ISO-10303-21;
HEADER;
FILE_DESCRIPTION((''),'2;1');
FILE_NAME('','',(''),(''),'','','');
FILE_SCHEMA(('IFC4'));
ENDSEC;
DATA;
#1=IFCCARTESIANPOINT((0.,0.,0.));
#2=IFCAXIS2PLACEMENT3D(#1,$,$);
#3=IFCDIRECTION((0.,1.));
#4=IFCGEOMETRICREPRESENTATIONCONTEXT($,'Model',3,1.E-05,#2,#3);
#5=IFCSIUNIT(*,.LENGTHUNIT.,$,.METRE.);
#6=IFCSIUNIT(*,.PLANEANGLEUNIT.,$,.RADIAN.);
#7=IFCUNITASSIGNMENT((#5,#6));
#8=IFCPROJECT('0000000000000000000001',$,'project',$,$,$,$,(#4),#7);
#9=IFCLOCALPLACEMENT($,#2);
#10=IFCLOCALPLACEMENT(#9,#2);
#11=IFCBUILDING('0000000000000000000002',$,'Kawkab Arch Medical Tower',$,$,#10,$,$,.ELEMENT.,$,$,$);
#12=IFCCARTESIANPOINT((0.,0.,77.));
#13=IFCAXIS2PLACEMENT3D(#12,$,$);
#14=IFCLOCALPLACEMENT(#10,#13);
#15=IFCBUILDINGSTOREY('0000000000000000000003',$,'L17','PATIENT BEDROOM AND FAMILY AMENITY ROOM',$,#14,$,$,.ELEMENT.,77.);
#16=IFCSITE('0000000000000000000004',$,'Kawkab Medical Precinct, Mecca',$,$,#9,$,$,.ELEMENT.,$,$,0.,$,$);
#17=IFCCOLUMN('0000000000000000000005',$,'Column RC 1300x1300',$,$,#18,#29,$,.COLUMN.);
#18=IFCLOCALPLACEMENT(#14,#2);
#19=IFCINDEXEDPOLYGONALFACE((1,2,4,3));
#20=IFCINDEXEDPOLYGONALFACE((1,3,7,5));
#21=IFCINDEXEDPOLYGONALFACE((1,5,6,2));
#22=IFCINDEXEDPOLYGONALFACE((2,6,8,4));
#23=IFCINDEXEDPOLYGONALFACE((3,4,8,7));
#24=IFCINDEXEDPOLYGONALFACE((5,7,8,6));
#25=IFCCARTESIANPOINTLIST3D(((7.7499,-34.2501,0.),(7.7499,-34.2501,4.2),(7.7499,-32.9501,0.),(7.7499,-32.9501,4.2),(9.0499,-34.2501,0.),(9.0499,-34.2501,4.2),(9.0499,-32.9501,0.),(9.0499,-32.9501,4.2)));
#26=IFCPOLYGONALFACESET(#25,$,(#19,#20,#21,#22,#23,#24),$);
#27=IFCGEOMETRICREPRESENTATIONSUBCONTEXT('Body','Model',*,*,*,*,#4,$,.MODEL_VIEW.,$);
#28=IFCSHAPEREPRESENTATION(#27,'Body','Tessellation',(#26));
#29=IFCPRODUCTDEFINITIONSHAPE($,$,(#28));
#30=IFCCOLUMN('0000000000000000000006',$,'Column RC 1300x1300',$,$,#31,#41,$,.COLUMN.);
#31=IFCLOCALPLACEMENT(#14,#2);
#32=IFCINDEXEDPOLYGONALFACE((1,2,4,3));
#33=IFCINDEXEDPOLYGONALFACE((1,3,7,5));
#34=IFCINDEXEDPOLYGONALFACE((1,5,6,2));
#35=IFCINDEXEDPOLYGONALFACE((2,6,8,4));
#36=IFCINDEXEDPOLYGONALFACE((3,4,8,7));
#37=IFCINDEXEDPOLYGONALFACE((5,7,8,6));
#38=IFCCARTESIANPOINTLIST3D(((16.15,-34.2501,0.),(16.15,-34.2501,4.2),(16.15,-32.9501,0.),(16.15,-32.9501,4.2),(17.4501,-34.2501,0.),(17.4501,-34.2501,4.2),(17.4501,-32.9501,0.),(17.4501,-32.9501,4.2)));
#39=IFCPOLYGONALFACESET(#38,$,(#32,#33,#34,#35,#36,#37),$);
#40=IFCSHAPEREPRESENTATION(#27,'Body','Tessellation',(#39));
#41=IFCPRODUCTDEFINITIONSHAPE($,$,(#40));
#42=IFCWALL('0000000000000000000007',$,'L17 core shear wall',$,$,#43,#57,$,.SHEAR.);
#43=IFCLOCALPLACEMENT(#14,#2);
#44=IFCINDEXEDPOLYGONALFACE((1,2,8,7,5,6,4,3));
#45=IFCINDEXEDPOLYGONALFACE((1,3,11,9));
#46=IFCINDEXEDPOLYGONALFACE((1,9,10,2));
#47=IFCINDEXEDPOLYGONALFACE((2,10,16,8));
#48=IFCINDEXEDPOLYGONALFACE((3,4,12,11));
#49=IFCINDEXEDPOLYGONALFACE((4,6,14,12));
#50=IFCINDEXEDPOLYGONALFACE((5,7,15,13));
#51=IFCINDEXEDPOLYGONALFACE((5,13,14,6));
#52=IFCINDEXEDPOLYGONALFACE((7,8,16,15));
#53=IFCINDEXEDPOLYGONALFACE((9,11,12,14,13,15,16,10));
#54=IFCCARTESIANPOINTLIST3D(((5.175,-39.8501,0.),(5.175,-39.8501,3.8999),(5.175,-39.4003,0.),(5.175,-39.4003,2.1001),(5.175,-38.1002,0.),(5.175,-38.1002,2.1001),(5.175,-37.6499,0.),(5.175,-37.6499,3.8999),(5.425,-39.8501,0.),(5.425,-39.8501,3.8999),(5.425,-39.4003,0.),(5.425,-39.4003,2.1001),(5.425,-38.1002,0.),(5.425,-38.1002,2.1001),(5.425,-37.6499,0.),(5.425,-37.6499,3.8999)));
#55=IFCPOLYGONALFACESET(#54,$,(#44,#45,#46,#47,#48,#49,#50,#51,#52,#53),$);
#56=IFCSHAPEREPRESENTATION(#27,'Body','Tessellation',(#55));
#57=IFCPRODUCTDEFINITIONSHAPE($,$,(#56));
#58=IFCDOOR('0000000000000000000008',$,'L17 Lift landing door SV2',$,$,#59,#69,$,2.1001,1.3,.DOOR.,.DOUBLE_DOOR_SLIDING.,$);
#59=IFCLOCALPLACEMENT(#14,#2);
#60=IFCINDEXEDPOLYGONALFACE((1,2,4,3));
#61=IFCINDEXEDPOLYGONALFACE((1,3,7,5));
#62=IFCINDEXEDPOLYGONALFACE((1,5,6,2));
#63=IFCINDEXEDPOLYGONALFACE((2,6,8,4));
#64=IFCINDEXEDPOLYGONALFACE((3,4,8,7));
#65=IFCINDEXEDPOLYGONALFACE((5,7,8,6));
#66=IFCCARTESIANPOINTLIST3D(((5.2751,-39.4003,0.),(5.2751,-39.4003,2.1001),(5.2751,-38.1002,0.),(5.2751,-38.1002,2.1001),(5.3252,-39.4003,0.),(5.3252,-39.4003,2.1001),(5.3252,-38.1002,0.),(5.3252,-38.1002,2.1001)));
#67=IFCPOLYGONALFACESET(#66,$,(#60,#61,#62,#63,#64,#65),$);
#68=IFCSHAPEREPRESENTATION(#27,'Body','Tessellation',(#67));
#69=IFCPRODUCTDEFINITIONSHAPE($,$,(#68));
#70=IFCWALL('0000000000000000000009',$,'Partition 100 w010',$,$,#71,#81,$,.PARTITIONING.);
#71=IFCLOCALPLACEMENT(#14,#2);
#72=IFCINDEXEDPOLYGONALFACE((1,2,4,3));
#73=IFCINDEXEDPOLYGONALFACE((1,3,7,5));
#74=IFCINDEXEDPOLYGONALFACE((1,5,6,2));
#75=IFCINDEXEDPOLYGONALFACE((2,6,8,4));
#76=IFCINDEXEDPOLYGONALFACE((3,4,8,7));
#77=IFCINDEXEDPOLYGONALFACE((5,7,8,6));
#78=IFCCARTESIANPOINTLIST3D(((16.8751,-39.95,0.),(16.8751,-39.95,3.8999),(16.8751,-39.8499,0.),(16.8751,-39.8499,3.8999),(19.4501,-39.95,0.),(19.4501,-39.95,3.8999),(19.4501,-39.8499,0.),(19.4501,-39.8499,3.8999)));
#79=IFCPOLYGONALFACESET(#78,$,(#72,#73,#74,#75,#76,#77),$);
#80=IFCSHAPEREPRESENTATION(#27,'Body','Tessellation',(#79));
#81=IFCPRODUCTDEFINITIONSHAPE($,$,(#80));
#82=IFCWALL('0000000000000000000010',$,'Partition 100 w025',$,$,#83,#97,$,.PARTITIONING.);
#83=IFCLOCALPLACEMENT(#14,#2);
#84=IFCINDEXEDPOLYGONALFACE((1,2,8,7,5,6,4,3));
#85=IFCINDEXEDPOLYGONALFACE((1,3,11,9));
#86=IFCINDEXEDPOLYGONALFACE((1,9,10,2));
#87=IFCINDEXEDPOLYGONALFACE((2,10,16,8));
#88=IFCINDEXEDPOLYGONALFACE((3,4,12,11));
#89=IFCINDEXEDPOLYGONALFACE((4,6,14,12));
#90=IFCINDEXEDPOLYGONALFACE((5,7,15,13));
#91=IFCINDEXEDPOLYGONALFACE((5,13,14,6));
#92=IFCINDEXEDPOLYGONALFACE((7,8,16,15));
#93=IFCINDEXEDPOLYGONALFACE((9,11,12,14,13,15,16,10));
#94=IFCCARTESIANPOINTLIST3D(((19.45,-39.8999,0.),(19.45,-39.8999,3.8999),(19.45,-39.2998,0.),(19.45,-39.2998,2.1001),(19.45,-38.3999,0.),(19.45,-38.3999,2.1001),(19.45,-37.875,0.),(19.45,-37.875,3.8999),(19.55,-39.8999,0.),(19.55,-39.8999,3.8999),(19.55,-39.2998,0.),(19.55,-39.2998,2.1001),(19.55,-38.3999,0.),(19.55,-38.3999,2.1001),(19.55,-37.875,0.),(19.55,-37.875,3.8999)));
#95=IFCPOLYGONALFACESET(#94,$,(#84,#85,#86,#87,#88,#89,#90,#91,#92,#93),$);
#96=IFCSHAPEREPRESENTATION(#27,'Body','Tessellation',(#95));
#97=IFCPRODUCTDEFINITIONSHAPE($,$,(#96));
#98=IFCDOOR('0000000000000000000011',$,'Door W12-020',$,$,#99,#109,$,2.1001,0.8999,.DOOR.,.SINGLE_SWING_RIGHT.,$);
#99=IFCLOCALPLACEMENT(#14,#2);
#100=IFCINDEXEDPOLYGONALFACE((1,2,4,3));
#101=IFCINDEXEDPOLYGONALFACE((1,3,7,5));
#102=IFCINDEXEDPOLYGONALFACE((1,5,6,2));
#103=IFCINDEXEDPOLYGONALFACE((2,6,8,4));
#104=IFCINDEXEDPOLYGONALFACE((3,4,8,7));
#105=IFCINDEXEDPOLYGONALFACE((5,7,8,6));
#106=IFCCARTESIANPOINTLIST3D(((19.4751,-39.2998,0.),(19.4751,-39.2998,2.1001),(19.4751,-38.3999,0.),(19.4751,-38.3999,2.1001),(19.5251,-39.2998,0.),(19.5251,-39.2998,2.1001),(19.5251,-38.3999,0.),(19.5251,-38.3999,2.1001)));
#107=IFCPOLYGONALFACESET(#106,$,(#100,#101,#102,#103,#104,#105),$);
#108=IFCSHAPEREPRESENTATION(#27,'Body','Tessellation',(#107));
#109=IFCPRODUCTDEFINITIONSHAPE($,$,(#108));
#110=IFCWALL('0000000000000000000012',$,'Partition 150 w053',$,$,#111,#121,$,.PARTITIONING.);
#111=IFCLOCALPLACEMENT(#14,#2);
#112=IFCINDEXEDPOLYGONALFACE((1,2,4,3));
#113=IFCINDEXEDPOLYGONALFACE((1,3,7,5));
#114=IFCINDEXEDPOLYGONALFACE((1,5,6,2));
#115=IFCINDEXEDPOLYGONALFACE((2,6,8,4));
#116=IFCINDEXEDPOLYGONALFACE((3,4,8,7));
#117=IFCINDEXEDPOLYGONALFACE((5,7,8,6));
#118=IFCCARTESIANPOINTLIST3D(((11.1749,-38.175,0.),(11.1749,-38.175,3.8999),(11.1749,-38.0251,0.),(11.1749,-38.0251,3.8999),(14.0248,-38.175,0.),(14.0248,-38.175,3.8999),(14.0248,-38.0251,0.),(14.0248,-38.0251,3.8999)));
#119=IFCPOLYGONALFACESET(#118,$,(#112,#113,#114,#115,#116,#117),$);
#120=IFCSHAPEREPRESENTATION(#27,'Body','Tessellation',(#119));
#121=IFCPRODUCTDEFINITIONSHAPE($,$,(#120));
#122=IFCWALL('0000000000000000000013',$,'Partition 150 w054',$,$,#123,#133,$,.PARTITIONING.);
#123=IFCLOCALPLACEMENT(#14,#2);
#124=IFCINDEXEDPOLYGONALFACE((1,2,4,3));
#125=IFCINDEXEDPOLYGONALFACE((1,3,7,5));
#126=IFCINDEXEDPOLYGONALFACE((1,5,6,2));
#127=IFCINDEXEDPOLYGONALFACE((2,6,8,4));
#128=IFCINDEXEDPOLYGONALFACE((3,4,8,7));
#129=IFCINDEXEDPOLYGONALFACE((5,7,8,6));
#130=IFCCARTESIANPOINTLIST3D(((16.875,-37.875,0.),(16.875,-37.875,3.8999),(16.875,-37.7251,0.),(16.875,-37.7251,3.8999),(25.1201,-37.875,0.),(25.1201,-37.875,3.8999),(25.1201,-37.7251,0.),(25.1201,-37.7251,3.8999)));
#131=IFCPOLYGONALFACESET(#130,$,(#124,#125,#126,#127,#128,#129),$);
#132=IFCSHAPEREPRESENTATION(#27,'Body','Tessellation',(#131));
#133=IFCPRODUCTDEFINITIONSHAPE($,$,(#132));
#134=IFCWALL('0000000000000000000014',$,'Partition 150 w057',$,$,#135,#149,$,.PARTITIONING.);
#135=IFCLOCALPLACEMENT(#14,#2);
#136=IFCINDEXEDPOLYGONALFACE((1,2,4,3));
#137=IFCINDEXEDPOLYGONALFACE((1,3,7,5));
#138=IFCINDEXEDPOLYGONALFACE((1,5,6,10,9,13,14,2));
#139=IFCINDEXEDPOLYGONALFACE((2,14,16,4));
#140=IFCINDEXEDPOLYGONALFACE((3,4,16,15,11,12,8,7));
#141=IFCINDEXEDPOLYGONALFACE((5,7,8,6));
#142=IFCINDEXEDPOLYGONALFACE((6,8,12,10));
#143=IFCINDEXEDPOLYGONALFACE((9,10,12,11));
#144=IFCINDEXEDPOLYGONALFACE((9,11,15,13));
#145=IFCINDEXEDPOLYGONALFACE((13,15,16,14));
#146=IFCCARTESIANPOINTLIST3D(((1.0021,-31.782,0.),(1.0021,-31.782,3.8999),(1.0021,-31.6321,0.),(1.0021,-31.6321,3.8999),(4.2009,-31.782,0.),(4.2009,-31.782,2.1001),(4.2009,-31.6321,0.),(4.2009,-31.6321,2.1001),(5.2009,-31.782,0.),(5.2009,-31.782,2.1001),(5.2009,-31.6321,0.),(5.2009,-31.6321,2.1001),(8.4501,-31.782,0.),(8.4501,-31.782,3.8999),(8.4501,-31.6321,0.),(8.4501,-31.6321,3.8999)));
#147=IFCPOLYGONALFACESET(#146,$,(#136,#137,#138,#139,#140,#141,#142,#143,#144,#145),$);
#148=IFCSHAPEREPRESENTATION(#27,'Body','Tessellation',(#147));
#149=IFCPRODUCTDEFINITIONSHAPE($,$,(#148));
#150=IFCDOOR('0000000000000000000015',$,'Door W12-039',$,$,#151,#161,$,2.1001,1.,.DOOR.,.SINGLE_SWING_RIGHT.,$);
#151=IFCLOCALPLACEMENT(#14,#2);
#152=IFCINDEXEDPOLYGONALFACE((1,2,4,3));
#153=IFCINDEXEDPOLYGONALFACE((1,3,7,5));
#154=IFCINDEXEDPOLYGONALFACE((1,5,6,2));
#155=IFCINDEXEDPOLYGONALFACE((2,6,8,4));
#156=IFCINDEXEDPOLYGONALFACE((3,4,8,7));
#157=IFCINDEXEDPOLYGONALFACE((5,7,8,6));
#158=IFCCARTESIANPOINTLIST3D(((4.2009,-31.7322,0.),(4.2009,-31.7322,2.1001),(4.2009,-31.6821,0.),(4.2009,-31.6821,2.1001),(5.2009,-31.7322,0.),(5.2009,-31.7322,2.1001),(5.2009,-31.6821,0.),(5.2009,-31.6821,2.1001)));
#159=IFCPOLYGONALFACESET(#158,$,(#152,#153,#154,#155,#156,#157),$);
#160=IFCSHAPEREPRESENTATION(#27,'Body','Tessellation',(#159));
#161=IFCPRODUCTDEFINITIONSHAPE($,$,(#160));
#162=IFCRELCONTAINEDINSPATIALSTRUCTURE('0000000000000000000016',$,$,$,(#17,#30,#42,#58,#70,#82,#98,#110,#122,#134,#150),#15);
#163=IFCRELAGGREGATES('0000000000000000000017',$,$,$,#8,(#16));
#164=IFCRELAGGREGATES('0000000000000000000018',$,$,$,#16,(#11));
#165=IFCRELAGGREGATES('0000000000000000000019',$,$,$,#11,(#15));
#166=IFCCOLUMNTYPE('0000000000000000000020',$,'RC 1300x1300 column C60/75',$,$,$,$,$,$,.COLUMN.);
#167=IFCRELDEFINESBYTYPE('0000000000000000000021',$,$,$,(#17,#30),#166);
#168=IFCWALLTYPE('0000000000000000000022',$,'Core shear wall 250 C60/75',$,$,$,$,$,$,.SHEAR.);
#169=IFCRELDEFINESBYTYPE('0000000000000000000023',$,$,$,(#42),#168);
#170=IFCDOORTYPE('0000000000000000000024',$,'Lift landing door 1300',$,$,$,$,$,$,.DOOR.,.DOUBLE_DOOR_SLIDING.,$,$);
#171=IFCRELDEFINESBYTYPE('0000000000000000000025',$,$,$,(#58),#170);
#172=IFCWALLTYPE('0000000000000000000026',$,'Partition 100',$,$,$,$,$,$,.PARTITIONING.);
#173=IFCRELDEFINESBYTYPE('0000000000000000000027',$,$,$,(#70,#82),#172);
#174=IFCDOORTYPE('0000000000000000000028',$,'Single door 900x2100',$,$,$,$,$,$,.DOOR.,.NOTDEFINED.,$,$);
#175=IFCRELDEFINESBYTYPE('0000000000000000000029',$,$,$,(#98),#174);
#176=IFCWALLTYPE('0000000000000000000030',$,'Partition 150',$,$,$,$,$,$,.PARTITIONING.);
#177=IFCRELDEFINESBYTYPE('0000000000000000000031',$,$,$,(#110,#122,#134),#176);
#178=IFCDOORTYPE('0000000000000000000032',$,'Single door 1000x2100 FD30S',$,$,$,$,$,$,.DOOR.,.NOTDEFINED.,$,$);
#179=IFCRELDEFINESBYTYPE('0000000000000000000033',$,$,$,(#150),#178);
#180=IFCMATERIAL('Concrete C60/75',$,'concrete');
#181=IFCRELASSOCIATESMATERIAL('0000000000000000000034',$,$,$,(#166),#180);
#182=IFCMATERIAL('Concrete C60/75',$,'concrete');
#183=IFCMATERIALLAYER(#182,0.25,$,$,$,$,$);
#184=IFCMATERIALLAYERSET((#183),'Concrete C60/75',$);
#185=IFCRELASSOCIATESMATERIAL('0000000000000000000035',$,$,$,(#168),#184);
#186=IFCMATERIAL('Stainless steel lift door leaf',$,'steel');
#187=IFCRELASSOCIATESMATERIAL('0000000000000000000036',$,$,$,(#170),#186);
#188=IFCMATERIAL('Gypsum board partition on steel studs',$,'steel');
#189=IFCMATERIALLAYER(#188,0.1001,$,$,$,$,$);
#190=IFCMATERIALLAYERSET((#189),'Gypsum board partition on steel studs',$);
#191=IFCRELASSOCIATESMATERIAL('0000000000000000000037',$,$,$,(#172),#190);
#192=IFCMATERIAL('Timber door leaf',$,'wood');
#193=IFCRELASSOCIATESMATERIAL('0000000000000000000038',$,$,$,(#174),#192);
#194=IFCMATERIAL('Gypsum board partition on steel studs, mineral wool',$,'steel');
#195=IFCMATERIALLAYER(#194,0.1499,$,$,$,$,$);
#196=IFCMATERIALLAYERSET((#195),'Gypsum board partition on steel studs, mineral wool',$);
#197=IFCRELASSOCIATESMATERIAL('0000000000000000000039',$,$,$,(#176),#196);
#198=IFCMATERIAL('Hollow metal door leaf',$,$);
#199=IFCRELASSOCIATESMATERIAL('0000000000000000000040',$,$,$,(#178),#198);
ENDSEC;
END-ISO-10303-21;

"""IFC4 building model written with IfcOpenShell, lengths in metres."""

from ifc_helpers import new_model, si_unit, direction, frame, frame_2d, origin, origin_2d, place, context, subcontext, project, spatial, rectangle, extrude, material, layer, layer_set, material_profile, profile_set, type_object, element, fill, save


model = new_model("IFC4")

# Units and contexts
model_context = context("Model", 3, precision=1e-05, world=origin(), true_north=direction((0.0, 1.0)))
body_context = subcontext(model_context, "Body", "Model", "MODEL_VIEW")
ifc_project = project(units=[si_unit("LENGTHUNIT", "METRE"), si_unit("PLANEANGLEUNIT", "RADIAN")], contexts=[model_context])

# Site, building, storey
site_placement = place(None, origin())
site = spatial("IfcSite", under=ifc_project, at=site_placement, Name="Kawkab Medical Precinct, Mecca", CompositionType="ELEMENT", RefElevation=0.0)
building_placement = place(site_placement, origin())
building = spatial("IfcBuilding", under=site, at=building_placement, Name="Kawkab Arch Medical Tower", CompositionType="ELEMENT")
storey_placement = place(building_placement, frame((0.0, 0.0, 77.0)))
storey = spatial("IfcBuildingStorey", under=building, at=storey_placement, Name="L17", Description="PATIENT BEDROOM AND FAMILY AMENITY ROOM", CompositionType="ELEMENT", Elevation=77.0)

# Columns
ifc_material_1 = material(Name="Concrete C60/75", Category="concrete")
ifc_material_profile = material_profile(ifc_material_1, rectangle(XDim=1.3, YDim=1.3, at=origin_2d()), Name="RC 1300x1300")
ifc_profile_set = profile_set([ifc_material_profile], Name="Concrete C60/75")
column_type = type_object("IfcColumnType", Name="RC 1300x1300 column C60/75", PredefinedType="COLUMN", material=ifc_profile_set)
for number, where, z_axis, x_axis, name in (
    (1, (8.3999, -33.6001, 0.0), (0.0, 0.0, 1.0), (1.0, 0.0, 0.0), "Column RC 1300x1300"),
    (2, (16.8, -33.6001, 0.0), (0.0, 0.0, 1.0), (1.0, 0.0, 0.0), "Column RC 1300x1300"),
):
    element("IfcColumn", number, at=place(storey_placement, frame(where, z_axis=z_axis, x_axis=x_axis)), inside=storey, type_object=column_type, Name=name, PredefinedType="COLUMN", context=body_context, shape_type="SweptSolid", body=[
        extrude(rectangle(XDim=1.3, YDim=1.3, at=origin_2d()), origin(), (0.0, 0.0, 1.0), 4.2),
    ])

# Wall, opening, door
ifc_material_2 = material(Name="Concrete C60/75", Category="concrete")
ifc_layer_1 = layer(ifc_material_2, 0.25)
ifc_layer_set_1 = layer_set([ifc_layer_1], Name="Concrete C60/75")
wall_type_1 = type_object("IfcWallType", Name="Core shear wall 250 C60/75", PredefinedType="SHEAR", material=ifc_layer_set_1)
wall_1_placement = place(storey_placement, frame((5.3, -39.8501, 0.0), z_axis=(0.0, 0.0, 1.0), x_axis=(0.0, 1.0, 0.0)))
wall_1 = element("IfcWall", 3, at=wall_1_placement, inside=storey, type_object=wall_type_1, Name="L17 core shear wall", PredefinedType="SHEAR", context=body_context, shape_type="SweptSolid", body=[
    extrude(rectangle(XDim=2.2002, YDim=0.25, at=frame_2d((1.1001, 0.0))), origin(), (0.0, 0.0, 1.0), 3.8999),
])
opening_1_placement = place(wall_1_placement, frame((0.45, 0.0, 0.0)))
opening_1 = element("IfcOpeningElement", 4, at=opening_1_placement, cuts=wall_1, PredefinedType="OPENING", context=body_context, shape_type="SweptSolid", body=[
    extrude(rectangle(XDim=1.3, YDim=2.1001, at=frame_2d((0.6499, 1.05))), frame((0.0, 0.135, 0.0), z_axis=(0.0, -1.0, 0.0), x_axis=(1.0, 0.0, 0.0)), (0.0, 0.0, 1.0), 0.27),
])
ifc_material_3 = material(Name="Stainless steel lift door leaf", Category="steel")
door_type_1 = type_object("IfcDoorType", Name="Lift landing door 1300", OperationType="DOUBLE_DOOR_SLIDING", PredefinedType="DOOR", material=ifc_material_3)
door_1_placement = place(opening_1_placement, origin())
door_1 = element("IfcDoor", 5, at=door_1_placement, inside=storey, type_object=door_type_1, Name="L17 Lift landing door SV2", OperationType="DOUBLE_DOOR_SLIDING", OverallHeight=2.1001, OverallWidth=1.3, PredefinedType="DOOR", context=body_context, shape_type="SweptSolid", body=[
    extrude(rectangle(XDim=1.3, YDim=2.1001, at=frame_2d((0.6499, 1.05))), frame((0.0, 0.0249, 0.0), z_axis=(0.0, -1.0, 0.0), x_axis=(1.0, 0.0, 0.0)), (0.0, 0.0, 1.0), 0.05),
])
fill(opening_1, door_1)

# Wall
ifc_material_4 = material(Name="Gypsum board partition on steel studs", Category="steel")
ifc_layer_2 = layer(ifc_material_4, 0.1001)
ifc_layer_set_2 = layer_set([ifc_layer_2], Name="Gypsum board partition on steel studs")
wall_type_2 = type_object("IfcWallType", Name="Partition 100", PredefinedType="PARTITIONING", material=ifc_layer_set_2)
wall_2_placement = place(storey_placement, frame((16.875, -39.8999, 0.0), z_axis=(0.0, 0.0, 1.0), x_axis=(1.0, 0.0, 0.0)))
element("IfcWall", 6, at=wall_2_placement, inside=storey, type_object=wall_type_2, Name="Partition 100 w010", PredefinedType="PARTITIONING", context=body_context, shape_type="SweptSolid", body=[
    extrude(rectangle(XDim=2.575, YDim=0.1001, at=frame_2d((1.2876, 0.0))), origin(), (0.0, 0.0, 1.0), 3.8999),
])

# Wall, opening, door
wall_3_placement = place(storey_placement, frame((19.5, -39.8999, 0.0), z_axis=(0.0, 0.0, 1.0), x_axis=(0.0, 1.0, 0.0)))
wall_3 = element("IfcWall", 7, at=wall_3_placement, inside=storey, type_object=wall_type_2, Name="Partition 100 w025", PredefinedType="PARTITIONING", context=body_context, shape_type="SweptSolid", body=[
    extrude(rectangle(XDim=2.0249, YDim=0.1001, at=frame_2d((1.0125, 0.0))), origin(), (0.0, 0.0, 1.0), 3.8999),
])
opening_2_placement = place(wall_3_placement, frame((0.6001, 0.0, 0.0)))
opening_2 = element("IfcOpeningElement", 8, at=opening_2_placement, cuts=wall_3, PredefinedType="OPENING", context=body_context, shape_type="SweptSolid", body=[
    extrude(rectangle(XDim=0.8999, YDim=2.1001, at=frame_2d((0.45, 1.05))), frame((0.0, 0.0601, 0.0), z_axis=(0.0, -1.0, 0.0), x_axis=(1.0, 0.0, 0.0)), (0.0, 0.0, 1.0), 0.1201),
])
ifc_material_5 = material(Name="Timber door leaf", Category="wood")
door_type_2 = type_object("IfcDoorType", Name="Single door 900x2100", OperationType="NOTDEFINED", PredefinedType="DOOR", material=ifc_material_5)
door_2_placement = place(opening_2_placement, origin())
door_2 = element("IfcDoor", 9, at=door_2_placement, inside=storey, type_object=door_type_2, Name="Door W12-020", OperationType="SINGLE_SWING_RIGHT", OverallHeight=2.1001, OverallWidth=0.8999, PredefinedType="DOOR", context=body_context, shape_type="SweptSolid", body=[
    extrude(rectangle(XDim=0.8999, YDim=2.1001, at=frame_2d((0.45, 1.05))), frame((0.0, 0.0249, 0.0), z_axis=(0.0, -1.0, 0.0), x_axis=(1.0, 0.0, 0.0)), (0.0, 0.0, 1.0), 0.05),
])
fill(opening_2, door_2)

# Walls
ifc_material_6 = material(Name="Gypsum board partition on steel studs, mineral wool", Category="steel")
ifc_layer_3 = layer(ifc_material_6, 0.1499)
ifc_layer_set_3 = layer_set([ifc_layer_3], Name="Gypsum board partition on steel studs, mineral wool")
wall_type_3 = type_object("IfcWallType", Name="Partition 150", PredefinedType="PARTITIONING", material=ifc_layer_set_3)
wall_4_placement = place(storey_placement, frame((11.175, -38.1001, 0.0), z_axis=(0.0, 0.0, 1.0), x_axis=(1.0, 0.0, 0.0)))
element("IfcWall", 10, at=wall_4_placement, inside=storey, type_object=wall_type_3, Name="Partition 150 w053", PredefinedType="PARTITIONING", context=body_context, shape_type="SweptSolid", body=[
    extrude(rectangle(XDim=2.8499, YDim=0.1499, at=frame_2d((1.4248, 0.0))), origin(), (0.0, 0.0, 1.0), 3.8999),
])
wall_5_placement = place(storey_placement, frame((16.875, -37.8, 0.0), z_axis=(0.0, 0.0, 1.0), x_axis=(1.0, 0.0, 0.0)))
element("IfcWall", 11, at=wall_5_placement, inside=storey, type_object=wall_type_3, Name="Partition 150 w054", PredefinedType="PARTITIONING", context=body_context, shape_type="SweptSolid", body=[
    extrude(rectangle(XDim=8.2451, YDim=0.1499, at=frame_2d((4.1226, 0.0))), origin(), (0.0, 0.0, 1.0), 3.8999),
])

# Wall, opening, door
wall_6_placement = place(storey_placement, frame((1.002, -31.707, 0.0), z_axis=(0.0, 0.0, 1.0), x_axis=(1.0, 0.0, 0.0)))
wall_6 = element("IfcWall", 12, at=wall_6_placement, inside=storey, type_object=wall_type_3, Name="Partition 150 w057", PredefinedType="PARTITIONING", context=body_context, shape_type="SweptSolid", body=[
    extrude(rectangle(XDim=7.448, YDim=0.1499, at=frame_2d((3.7241, 0.0))), origin(), (0.0, 0.0, 1.0), 3.8999),
])
opening_3_placement = place(wall_6_placement, frame((3.199, 0.0, 0.0)))
opening_3 = element("IfcOpeningElement", 13, at=opening_3_placement, cuts=wall_6, PredefinedType="OPENING", context=body_context, shape_type="SweptSolid", body=[
    extrude(rectangle(XDim=1.0, YDim=2.1001, at=frame_2d((0.5, 1.05))), frame((0.0, 0.085, 0.0), z_axis=(0.0, -1.0, 0.0), x_axis=(1.0, 0.0, 0.0)), (0.0, 0.0, 1.0), 0.1699),
])
ifc_material_7 = material(Name="Hollow metal door leaf")
door_type_3 = type_object("IfcDoorType", Name="Single door 1000x2100 FD30S", OperationType="NOTDEFINED", PredefinedType="DOOR", material=ifc_material_7)
door_3_placement = place(opening_3_placement, origin())
door_3 = element("IfcDoor", 14, at=door_3_placement, inside=storey, type_object=door_type_3, Name="Door W12-039", OperationType="SINGLE_SWING_RIGHT", OverallHeight=2.1001, OverallWidth=1.0, PredefinedType="DOOR", context=body_context, shape_type="SweptSolid", body=[
    extrude(rectangle(XDim=1.0, YDim=2.1001, at=frame_2d((0.5, 1.05))), frame((0.0, 0.0249, 0.0), z_axis=(0.0, -1.0, 0.0), x_axis=(1.0, 0.0, 0.0)), (0.0, 0.0, 1.0), 0.05),
])
fill(opening_3, door_3)

save(model, "model.ifc")
